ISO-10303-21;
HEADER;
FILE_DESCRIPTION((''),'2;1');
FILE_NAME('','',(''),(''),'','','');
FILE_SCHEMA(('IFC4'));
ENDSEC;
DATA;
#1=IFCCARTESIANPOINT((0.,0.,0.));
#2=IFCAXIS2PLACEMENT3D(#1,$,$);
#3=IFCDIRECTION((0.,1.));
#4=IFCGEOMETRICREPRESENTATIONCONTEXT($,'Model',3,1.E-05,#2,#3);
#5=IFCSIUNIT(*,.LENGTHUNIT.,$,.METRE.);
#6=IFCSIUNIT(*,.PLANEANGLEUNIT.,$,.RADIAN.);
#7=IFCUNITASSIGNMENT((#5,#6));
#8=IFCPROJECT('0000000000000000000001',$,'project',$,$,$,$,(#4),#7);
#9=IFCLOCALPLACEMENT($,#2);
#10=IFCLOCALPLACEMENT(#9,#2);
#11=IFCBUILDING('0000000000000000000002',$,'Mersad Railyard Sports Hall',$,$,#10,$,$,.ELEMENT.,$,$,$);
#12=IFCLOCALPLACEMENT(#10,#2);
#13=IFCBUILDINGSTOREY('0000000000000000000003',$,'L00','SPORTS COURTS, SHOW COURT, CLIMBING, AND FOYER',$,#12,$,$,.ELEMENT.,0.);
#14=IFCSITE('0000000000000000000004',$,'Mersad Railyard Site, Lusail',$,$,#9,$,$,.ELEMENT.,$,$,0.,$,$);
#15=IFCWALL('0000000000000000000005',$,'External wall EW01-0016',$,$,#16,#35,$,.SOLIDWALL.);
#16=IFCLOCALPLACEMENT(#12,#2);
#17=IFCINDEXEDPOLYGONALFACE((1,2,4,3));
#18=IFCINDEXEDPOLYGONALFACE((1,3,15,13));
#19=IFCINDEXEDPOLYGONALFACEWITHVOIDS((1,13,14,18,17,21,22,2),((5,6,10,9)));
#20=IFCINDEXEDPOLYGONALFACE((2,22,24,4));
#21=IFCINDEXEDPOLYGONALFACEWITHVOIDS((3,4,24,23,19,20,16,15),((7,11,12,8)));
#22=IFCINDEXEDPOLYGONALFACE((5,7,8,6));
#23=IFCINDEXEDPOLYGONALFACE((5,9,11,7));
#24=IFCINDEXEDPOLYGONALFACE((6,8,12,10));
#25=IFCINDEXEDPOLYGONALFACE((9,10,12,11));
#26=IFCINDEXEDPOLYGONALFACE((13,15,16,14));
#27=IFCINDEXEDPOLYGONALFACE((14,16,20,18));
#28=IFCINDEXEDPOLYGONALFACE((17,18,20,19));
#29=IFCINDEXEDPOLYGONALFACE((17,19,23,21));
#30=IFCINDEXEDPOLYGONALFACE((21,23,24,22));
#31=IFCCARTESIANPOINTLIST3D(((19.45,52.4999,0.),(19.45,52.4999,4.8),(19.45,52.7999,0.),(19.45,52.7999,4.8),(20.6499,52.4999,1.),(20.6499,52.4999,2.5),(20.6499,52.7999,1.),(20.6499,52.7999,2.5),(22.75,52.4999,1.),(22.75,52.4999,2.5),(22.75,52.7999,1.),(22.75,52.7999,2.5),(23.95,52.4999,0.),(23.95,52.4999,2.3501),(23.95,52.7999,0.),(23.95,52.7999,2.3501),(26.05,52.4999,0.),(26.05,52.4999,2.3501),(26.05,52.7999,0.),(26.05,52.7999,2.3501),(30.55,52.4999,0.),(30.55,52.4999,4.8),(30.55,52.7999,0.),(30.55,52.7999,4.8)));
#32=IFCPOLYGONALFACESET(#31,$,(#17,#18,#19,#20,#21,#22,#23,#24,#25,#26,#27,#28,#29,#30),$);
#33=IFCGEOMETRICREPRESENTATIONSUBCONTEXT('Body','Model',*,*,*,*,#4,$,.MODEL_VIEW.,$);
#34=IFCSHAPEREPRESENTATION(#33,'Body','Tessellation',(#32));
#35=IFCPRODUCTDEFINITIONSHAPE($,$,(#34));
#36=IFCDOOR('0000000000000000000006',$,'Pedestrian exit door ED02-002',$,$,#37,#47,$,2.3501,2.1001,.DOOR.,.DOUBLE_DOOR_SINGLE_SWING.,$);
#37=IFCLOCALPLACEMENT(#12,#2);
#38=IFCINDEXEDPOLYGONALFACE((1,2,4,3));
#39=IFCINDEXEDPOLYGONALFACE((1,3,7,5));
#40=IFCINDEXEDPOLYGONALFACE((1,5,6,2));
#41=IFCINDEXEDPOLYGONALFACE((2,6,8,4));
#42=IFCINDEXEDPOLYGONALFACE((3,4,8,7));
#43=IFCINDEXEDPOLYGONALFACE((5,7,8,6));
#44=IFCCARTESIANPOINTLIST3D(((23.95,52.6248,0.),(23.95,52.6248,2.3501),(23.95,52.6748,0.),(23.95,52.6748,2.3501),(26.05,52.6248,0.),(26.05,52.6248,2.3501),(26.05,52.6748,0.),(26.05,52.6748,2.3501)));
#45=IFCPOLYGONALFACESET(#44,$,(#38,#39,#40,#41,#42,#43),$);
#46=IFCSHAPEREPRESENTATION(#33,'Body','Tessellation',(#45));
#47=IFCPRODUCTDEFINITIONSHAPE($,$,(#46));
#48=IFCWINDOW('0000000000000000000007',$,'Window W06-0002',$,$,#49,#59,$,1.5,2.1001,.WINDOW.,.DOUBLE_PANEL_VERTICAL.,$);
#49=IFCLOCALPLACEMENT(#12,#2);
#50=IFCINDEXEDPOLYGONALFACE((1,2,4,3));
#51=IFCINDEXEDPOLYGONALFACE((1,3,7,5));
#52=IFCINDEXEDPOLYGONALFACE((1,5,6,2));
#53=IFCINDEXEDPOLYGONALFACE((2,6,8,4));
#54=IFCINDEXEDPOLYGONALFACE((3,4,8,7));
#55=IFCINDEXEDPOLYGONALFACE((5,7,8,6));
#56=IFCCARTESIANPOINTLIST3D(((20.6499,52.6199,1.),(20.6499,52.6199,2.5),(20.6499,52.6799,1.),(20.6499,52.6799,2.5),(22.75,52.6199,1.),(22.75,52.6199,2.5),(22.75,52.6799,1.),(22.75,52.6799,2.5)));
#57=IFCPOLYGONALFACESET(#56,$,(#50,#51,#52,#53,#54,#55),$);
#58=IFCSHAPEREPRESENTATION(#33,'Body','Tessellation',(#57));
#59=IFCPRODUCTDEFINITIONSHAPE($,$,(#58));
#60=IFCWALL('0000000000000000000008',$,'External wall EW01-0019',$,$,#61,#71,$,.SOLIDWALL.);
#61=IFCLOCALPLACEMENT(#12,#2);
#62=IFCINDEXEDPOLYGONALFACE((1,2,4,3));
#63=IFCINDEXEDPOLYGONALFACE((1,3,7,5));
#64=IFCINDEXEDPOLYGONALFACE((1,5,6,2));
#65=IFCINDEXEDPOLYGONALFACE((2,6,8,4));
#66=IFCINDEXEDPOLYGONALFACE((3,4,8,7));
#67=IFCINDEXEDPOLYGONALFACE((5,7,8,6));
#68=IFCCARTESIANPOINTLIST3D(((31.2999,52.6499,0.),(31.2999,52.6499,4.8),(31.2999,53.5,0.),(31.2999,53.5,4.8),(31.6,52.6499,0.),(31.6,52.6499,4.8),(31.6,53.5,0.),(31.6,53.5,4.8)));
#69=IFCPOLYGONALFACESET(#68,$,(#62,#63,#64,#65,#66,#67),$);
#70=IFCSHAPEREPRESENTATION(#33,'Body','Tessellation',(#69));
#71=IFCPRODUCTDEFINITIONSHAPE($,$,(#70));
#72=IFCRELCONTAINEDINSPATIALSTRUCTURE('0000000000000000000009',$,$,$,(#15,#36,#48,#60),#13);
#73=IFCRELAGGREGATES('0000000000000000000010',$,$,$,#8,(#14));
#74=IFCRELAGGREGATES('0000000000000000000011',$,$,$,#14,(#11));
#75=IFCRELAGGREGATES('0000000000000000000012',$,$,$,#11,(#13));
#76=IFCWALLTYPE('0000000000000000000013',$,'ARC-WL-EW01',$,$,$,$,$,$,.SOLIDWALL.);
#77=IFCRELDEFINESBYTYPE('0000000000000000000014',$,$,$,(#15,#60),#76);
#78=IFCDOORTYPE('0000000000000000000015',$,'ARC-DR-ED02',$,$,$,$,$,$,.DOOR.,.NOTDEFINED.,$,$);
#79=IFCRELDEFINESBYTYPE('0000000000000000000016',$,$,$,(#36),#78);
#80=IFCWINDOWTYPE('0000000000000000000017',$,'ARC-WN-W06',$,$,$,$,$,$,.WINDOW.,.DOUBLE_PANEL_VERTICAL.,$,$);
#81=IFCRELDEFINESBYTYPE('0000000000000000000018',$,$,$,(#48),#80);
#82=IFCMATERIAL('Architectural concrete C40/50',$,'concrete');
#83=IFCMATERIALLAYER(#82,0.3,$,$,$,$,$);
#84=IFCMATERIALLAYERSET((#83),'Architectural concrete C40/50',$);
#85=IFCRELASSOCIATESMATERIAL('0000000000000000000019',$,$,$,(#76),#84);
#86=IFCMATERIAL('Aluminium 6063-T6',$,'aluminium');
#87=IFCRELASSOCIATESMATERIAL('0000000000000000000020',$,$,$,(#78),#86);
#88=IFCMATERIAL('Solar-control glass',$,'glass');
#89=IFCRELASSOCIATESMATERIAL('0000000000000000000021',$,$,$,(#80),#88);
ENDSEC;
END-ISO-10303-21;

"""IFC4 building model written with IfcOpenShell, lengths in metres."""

from ifc_helpers import new_model, si_unit, direction, frame, frame_2d, origin, place, context, subcontext, project, spatial, rectangle, extrude, material, layer, layer_set, type_object, element, fill, save


model = new_model("IFC4")

# Units and contexts
model_context = context("Model", 3, precision=1e-05, world=origin(), true_north=direction((0.0, 1.0)))
body_context = subcontext(model_context, "Body", "Model", "MODEL_VIEW")
ifc_project = project(units=[si_unit("LENGTHUNIT", "METRE"), si_unit("PLANEANGLEUNIT", "RADIAN")], contexts=[model_context])

# Site, building, storey
site_placement = place(None, origin())
site = spatial("IfcSite", under=ifc_project, at=site_placement, Name="Mersad Railyard Site, Lusail", CompositionType="ELEMENT", RefElevation=0.0)
building_placement = place(site_placement, origin())
building = spatial("IfcBuilding", under=site, at=building_placement, Name="Mersad Railyard Sports Hall", CompositionType="ELEMENT")
storey_placement = place(building_placement, origin())
storey = spatial("IfcBuildingStorey", under=building, at=storey_placement, Name="L00", Description="SPORTS COURTS, SHOW COURT, CLIMBING, AND FOYER", CompositionType="ELEMENT", Elevation=0.0)

# Shared definitions
ifc_material_1 = material(Name="Aluminium 6063-T6", Category="aluminium")

# Shared definitions
ifc_material_2 = material(Name="Solar-control glass", Category="glass")

# Shared definitions
ifc_material_3 = material(Name="Architectural concrete C40/50", Category="concrete")
ifc_layer_1 = layer(ifc_material_3, 0.3)
ifc_layer_set_1 = layer_set([ifc_layer_1], Name="Architectural concrete C40/50")
wall_type = type_object("IfcWallType", Name="ARC-WL-EW01", PredefinedType="SOLIDWALL", material=ifc_layer_set_1)

# Wall, openings, door, window
wall_1_placement = place(storey_placement, frame((19.45, 52.6499, 0.0), z_axis=(0.0, 0.0, 1.0), x_axis=(1.0, 0.0, 0.0)))
wall_1 = element("IfcWall", 1, at=wall_1_placement, inside=storey, type_object=wall_type, Name="External wall EW01-0016", PredefinedType="SOLIDWALL", context=body_context, shape_type="SweptSolid", body=[
    extrude(rectangle(XDim=11.1001, YDim=0.3, at=frame_2d((5.55, 0.0))), origin(), (0.0, 0.0, 1.0), 4.8),
])
opening_1_placement = place(wall_1_placement, frame((4.5, 0.0, 0.0)))
opening_1 = element("IfcOpeningElement", 2, at=opening_1_placement, cuts=wall_1, PredefinedType="OPENING", context=body_context, shape_type="SweptSolid", body=[
    extrude(rectangle(XDim=2.1001, YDim=2.3501, at=frame_2d((1.05, 1.175))), frame((0.0, 0.1599, 0.0), z_axis=(0.0, -1.0, 0.0), x_axis=(1.0, 0.0, 0.0)), (0.0, 0.0, 1.0), 0.3201),
])
opening_2_placement = place(wall_1_placement, frame((1.2, 0.0, 1.0)))
opening_2 = element("IfcOpeningElement", 3, at=opening_2_placement, cuts=wall_1, PredefinedType="OPENING", context=body_context, shape_type="SweptSolid", body=[
    extrude(rectangle(XDim=2.1001, YDim=1.5, at=frame_2d((1.05, 0.75))), frame((0.0, 0.1599, 0.0), z_axis=(0.0, -1.0, 0.0), x_axis=(1.0, 0.0, 0.0)), (0.0, 0.0, 1.0), 0.3201),
])
door_type = type_object("IfcDoorType", Name="ARC-DR-ED02", OperationType="NOTDEFINED", PredefinedType="DOOR", material=ifc_material_1)
door_placement = place(opening_1_placement, origin())
door = element("IfcDoor", 4, at=door_placement, inside=storey, type_object=door_type, Name="Pedestrian exit door ED02-002", OperationType="DOUBLE_DOOR_SINGLE_SWING", OverallHeight=2.3501, OverallWidth=2.1001, PredefinedType="DOOR", context=body_context, shape_type="SweptSolid", body=[
    extrude(rectangle(XDim=2.1001, YDim=2.3501, at=frame_2d((1.05, 1.175))), frame((0.0, 0.0249, 0.0), z_axis=(0.0, -1.0, 0.0), x_axis=(1.0, 0.0, 0.0)), (0.0, 0.0, 1.0), 0.05),
])
fill(opening_1, door)
window_type = type_object("IfcWindowType", Name="ARC-WN-W06", PartitioningType="DOUBLE_PANEL_VERTICAL", PredefinedType="WINDOW", material=ifc_material_2)
window_placement = place(opening_2_placement, origin())
window = element("IfcWindow", 5, at=window_placement, inside=storey, type_object=window_type, Name="Window W06-0002", OverallHeight=1.5, OverallWidth=2.1001, PartitioningType="DOUBLE_PANEL_VERTICAL", PredefinedType="WINDOW", context=body_context, shape_type="SweptSolid", body=[
    extrude(rectangle(XDim=2.1001, YDim=1.5, at=frame_2d((1.05, 0.75))), frame((0.0, 0.03, 0.0), z_axis=(0.0, -1.0, 0.0), x_axis=(1.0, 0.0, 0.0)), (0.0, 0.0, 1.0), 0.0601),
])
fill(opening_2, window)

# Wall
wall_2_placement = place(storey_placement, frame((31.45, 52.6499, 0.0), z_axis=(0.0, 0.0, 1.0), x_axis=(0.0, 1.0, 0.0)))
element("IfcWall", 6, at=wall_2_placement, inside=storey, type_object=wall_type, Name="External wall EW01-0019", PredefinedType="SOLIDWALL", context=body_context, shape_type="SweptSolid", body=[
    extrude(rectangle(XDim=0.8501, YDim=0.3, at=frame_2d((0.425, 0.0))), origin(), (0.0, 0.0, 1.0), 4.8),
])

save(model, "model.ifc")
